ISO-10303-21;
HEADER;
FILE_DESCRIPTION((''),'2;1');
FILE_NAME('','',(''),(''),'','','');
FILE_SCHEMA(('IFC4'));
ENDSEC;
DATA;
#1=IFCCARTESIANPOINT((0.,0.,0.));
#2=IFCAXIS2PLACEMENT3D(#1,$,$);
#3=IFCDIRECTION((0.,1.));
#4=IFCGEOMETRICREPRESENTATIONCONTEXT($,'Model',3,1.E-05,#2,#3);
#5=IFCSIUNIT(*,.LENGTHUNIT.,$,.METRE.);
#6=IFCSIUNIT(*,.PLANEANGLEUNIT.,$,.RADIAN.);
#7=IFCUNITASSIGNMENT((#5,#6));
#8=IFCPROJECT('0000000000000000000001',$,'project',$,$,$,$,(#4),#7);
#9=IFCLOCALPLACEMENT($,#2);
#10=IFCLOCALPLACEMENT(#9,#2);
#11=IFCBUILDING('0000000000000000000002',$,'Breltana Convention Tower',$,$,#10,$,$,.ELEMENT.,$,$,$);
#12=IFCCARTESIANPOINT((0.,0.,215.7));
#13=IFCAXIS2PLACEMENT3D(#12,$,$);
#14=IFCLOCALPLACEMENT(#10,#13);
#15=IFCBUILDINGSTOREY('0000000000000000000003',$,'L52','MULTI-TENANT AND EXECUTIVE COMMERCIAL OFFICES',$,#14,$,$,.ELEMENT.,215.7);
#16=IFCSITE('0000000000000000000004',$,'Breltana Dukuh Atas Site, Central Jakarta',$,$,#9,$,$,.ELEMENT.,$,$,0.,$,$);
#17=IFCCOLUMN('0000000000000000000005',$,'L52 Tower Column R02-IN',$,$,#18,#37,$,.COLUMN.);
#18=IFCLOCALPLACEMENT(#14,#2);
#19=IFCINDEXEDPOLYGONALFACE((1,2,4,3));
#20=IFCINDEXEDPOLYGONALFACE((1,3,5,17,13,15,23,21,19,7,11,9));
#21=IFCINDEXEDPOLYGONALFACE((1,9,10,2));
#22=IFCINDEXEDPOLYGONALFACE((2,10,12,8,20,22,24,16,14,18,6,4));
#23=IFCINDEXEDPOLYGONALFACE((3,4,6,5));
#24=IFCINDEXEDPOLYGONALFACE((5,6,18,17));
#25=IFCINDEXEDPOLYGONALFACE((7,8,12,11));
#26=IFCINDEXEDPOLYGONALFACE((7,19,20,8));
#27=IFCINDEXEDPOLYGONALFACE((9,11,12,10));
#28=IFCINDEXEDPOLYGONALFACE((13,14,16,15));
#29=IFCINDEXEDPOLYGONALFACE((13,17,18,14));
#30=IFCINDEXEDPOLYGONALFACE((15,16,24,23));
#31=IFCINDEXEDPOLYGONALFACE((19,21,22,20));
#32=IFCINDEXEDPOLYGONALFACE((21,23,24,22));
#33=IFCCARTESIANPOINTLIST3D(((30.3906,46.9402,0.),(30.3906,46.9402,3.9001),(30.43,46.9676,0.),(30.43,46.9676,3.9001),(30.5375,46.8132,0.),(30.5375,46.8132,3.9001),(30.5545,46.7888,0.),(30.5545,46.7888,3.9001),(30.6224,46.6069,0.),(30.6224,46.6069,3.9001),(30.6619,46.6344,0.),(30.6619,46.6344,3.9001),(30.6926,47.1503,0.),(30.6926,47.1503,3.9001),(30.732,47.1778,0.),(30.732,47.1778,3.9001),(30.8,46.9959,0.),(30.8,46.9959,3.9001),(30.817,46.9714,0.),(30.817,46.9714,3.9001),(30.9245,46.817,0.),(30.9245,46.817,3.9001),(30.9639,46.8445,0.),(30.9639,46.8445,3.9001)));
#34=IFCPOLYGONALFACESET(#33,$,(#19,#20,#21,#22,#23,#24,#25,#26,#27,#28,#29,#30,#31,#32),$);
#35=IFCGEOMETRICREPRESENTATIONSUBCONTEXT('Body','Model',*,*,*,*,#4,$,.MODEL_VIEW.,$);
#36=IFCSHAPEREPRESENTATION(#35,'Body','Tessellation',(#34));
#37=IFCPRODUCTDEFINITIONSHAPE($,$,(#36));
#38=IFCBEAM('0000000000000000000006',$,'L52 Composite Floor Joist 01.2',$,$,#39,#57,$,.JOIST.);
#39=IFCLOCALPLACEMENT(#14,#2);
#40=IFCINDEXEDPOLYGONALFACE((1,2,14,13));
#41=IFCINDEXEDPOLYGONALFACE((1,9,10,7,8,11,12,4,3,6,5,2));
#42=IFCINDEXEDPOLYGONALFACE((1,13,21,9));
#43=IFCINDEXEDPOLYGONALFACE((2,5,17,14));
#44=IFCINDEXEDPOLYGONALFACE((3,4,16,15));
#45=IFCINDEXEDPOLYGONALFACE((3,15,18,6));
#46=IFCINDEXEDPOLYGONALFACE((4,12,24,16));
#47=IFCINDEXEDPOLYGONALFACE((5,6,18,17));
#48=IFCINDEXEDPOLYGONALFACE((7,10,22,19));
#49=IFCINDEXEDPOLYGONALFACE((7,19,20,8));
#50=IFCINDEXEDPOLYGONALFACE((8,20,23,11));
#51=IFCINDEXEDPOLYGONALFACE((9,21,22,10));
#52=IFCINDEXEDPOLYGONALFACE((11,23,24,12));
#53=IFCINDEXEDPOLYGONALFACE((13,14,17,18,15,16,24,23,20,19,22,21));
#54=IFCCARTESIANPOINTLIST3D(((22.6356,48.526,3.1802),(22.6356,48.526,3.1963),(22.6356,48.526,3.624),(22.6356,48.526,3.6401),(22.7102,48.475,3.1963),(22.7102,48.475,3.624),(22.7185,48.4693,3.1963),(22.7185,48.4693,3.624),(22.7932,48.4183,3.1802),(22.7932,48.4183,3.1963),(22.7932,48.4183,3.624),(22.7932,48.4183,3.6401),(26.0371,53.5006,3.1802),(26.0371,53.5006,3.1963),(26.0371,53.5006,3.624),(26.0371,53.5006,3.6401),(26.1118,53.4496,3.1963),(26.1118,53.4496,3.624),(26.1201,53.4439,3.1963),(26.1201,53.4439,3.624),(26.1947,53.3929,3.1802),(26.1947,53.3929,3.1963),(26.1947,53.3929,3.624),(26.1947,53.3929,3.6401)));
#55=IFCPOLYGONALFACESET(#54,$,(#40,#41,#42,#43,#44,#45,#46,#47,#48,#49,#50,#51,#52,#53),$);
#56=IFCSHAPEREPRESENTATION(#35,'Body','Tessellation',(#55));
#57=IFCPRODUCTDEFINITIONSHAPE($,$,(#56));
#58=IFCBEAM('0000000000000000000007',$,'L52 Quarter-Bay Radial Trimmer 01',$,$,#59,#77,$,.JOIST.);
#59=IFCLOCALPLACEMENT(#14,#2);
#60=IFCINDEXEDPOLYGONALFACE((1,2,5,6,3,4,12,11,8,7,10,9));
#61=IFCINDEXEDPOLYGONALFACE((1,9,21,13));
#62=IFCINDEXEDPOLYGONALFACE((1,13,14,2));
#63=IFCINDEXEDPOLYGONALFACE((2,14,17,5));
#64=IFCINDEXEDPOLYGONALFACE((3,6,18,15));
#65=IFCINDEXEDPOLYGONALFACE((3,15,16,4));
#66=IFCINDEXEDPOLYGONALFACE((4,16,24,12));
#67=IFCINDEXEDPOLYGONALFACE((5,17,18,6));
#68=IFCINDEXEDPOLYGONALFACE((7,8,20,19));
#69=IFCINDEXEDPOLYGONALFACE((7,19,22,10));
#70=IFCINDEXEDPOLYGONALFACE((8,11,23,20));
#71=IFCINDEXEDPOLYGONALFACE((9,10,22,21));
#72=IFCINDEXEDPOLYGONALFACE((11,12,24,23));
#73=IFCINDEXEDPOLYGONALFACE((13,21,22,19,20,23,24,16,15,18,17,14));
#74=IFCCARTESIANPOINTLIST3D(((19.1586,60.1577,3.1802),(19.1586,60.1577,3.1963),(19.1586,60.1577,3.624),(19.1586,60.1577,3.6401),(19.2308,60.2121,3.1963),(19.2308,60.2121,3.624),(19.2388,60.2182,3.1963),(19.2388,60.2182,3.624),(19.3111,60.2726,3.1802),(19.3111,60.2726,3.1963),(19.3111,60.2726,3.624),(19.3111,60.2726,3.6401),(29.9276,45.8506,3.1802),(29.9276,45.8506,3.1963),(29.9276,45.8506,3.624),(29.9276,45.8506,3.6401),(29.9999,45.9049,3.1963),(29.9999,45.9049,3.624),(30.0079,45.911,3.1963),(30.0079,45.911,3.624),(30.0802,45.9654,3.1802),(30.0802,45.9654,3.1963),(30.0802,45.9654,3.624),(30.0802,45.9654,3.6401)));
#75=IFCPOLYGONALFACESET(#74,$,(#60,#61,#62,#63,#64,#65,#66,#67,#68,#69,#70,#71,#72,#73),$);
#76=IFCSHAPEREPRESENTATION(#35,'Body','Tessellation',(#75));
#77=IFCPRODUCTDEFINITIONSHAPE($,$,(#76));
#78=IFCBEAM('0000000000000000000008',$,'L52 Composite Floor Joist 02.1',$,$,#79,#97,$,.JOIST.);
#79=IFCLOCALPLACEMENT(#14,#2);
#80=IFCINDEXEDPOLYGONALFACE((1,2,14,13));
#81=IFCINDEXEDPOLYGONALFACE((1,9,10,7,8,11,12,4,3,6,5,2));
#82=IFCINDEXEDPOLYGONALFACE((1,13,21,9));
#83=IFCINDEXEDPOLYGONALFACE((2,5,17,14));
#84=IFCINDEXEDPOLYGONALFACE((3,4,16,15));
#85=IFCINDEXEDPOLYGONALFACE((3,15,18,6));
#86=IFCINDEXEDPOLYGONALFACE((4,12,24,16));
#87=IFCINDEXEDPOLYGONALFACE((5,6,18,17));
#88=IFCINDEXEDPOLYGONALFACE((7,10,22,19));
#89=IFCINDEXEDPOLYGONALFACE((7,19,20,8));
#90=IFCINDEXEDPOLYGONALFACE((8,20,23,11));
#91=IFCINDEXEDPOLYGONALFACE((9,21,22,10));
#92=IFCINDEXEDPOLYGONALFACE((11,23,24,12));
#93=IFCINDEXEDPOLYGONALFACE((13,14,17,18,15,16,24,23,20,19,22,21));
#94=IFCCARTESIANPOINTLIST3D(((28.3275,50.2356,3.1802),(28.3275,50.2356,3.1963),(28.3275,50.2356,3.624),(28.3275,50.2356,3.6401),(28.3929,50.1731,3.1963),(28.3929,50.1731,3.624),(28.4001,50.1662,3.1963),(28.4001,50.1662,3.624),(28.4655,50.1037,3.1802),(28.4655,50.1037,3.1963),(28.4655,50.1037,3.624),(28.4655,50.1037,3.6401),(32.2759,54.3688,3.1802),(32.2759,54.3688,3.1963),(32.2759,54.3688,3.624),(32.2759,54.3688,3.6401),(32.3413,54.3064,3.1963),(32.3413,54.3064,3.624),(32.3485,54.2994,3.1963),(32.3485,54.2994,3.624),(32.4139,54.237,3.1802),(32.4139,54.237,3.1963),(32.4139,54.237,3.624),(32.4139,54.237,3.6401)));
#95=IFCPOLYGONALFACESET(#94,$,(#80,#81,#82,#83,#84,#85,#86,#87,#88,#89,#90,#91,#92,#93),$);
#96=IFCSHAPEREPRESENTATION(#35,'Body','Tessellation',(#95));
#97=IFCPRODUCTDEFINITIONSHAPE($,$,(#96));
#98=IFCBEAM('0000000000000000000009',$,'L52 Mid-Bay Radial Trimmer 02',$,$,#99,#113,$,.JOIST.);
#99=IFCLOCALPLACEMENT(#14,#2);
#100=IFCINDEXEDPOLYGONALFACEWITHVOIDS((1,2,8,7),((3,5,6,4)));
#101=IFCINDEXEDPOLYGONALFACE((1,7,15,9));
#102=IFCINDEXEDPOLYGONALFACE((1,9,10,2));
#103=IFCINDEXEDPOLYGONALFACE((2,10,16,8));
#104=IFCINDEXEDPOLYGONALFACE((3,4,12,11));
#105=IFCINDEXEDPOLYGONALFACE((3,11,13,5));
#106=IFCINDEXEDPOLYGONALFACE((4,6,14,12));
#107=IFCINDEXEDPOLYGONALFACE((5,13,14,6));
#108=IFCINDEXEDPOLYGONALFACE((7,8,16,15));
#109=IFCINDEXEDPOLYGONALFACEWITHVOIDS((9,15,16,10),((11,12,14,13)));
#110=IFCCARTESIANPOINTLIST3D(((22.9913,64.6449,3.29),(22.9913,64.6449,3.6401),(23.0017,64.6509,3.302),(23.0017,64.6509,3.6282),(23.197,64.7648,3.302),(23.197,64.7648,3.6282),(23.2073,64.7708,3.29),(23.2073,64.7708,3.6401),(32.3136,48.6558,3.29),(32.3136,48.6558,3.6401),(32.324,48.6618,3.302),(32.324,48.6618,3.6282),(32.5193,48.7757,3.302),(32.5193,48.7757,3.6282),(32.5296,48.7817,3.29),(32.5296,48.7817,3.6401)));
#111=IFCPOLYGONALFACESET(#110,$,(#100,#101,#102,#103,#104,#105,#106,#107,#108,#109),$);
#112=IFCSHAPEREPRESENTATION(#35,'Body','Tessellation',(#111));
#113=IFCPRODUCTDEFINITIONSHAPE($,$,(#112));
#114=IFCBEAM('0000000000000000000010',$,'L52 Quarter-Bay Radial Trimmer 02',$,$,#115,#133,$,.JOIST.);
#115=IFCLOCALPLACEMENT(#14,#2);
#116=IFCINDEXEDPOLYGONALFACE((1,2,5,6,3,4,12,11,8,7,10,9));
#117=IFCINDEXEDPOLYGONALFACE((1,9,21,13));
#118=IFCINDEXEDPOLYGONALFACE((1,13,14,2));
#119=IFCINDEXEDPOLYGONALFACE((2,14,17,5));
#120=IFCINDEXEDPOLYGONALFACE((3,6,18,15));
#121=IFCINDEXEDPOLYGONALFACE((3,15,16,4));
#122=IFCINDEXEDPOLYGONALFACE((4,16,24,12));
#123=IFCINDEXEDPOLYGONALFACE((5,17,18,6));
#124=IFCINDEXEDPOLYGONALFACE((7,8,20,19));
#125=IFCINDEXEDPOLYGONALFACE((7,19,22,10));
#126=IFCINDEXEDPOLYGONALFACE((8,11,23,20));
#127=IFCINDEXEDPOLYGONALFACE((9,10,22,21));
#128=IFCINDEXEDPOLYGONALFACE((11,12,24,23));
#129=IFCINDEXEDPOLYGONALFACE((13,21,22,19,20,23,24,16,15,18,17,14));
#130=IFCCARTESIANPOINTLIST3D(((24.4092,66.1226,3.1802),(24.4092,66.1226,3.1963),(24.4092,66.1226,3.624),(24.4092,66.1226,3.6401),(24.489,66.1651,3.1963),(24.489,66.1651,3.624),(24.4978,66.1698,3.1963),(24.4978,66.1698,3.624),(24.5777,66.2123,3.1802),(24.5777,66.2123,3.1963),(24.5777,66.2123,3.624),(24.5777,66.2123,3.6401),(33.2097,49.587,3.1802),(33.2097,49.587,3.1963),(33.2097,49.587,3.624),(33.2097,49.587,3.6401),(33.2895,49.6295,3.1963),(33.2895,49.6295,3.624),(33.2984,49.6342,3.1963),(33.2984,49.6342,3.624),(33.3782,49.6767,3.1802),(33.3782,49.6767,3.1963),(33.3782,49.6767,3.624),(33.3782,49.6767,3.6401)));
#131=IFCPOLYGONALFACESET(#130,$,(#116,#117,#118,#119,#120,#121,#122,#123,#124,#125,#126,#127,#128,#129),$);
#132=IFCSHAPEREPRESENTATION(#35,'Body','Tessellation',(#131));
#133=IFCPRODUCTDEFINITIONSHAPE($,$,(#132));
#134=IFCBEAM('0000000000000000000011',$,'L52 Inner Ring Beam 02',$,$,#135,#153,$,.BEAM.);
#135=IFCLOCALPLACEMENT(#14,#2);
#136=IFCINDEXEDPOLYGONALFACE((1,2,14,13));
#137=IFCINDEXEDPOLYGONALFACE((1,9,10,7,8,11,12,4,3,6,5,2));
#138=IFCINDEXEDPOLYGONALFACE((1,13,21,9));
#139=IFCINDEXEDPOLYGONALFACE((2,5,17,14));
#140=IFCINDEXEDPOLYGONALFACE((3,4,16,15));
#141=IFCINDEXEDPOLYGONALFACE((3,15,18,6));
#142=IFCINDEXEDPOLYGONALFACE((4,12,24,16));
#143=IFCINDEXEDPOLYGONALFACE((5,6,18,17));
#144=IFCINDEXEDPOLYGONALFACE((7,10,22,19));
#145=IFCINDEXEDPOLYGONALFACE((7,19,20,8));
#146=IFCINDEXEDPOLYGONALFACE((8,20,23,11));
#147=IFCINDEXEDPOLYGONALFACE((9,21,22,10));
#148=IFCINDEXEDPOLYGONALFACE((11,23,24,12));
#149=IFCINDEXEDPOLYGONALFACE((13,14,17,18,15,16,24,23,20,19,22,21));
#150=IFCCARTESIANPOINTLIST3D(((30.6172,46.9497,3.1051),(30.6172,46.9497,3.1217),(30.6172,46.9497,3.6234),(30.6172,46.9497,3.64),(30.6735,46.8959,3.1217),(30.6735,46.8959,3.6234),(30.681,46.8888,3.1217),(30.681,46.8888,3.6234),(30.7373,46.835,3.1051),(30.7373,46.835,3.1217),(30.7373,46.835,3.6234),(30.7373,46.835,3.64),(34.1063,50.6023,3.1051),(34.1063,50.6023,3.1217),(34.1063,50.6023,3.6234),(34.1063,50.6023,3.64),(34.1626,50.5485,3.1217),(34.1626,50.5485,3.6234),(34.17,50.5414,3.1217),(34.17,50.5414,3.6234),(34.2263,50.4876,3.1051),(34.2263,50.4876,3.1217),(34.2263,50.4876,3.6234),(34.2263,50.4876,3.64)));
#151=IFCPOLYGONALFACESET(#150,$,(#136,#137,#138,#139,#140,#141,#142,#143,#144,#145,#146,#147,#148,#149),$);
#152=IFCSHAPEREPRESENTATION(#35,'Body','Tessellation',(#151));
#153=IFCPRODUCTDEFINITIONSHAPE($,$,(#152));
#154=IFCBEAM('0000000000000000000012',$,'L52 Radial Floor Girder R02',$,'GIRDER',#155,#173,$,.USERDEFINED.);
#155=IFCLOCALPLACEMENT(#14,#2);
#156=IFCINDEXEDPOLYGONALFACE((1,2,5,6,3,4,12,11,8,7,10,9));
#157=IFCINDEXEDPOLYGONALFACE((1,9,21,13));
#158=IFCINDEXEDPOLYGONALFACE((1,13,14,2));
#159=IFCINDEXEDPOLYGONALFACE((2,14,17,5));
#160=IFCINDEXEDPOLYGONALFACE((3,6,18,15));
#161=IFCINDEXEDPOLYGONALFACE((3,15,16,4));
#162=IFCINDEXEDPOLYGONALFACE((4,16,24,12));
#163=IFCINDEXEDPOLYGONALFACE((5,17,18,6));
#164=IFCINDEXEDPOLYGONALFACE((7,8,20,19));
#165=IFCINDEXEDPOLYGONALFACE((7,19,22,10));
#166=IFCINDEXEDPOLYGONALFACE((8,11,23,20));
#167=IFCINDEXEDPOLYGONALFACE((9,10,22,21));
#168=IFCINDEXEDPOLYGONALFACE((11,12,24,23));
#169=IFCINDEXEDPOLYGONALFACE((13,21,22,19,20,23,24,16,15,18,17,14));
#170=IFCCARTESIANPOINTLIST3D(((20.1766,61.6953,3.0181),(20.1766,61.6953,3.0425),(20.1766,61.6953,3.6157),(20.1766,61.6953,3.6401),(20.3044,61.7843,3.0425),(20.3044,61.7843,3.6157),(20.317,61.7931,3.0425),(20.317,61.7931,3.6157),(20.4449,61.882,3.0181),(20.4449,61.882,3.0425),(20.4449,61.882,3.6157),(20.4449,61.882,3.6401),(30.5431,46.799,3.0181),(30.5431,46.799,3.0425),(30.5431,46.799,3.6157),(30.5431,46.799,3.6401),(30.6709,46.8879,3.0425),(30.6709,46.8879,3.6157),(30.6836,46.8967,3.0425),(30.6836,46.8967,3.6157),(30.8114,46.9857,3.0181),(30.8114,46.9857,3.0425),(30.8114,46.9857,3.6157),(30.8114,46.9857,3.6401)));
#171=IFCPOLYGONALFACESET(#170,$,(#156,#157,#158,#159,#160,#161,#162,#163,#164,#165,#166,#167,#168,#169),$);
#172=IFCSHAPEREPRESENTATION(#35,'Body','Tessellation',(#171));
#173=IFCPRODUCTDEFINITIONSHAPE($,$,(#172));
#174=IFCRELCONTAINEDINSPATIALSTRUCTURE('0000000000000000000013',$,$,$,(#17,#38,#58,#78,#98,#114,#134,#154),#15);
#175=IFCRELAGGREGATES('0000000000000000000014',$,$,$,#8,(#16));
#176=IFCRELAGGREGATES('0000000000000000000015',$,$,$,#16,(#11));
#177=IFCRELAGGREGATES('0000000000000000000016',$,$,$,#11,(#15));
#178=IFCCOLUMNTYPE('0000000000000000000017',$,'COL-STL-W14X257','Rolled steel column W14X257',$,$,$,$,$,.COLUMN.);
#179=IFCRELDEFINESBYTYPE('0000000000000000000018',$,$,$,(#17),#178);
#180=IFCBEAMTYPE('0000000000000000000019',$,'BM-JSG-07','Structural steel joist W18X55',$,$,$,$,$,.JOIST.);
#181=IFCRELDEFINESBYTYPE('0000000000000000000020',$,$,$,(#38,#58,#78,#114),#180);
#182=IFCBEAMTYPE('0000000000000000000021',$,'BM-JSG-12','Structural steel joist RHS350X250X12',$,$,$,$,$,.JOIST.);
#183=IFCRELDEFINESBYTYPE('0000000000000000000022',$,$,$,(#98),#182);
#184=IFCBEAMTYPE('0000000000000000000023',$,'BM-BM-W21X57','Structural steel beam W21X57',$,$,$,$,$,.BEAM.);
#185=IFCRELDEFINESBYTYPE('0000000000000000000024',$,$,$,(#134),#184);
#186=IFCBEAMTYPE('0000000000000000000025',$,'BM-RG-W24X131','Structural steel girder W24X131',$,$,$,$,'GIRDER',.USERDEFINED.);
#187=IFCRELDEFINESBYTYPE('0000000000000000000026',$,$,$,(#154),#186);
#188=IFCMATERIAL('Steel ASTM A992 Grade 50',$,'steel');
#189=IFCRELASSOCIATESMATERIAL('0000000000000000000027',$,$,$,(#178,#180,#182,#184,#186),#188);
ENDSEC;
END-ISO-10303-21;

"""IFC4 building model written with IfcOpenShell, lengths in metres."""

from ifc_helpers import new_model, si_unit, direction, frame, origin, origin_2d, place, context, subcontext, project, spatial, hollow_rectangle, i_section, extrude, source, transform, mapped, material, material_profile, profile_set, type_object, element, save


model = new_model("IFC4")

# Units and contexts
model_context = context("Model", 3, precision=1e-05, world=origin(), true_north=direction((0.0, 1.0)))
body_context = subcontext(model_context, "Body", "Model", "MODEL_VIEW")
ifc_project = project(units=[si_unit("LENGTHUNIT", "METRE"), si_unit("PLANEANGLEUNIT", "RADIAN")], contexts=[model_context])

# Site, building, storey
site_placement = place(None, origin())
site = spatial("IfcSite", under=ifc_project, at=site_placement, Name="Breltana Dukuh Atas Site, Central Jakarta", CompositionType="ELEMENT", RefElevation=0.0)
building_placement = place(site_placement, origin())
building = spatial("IfcBuilding", under=site, at=building_placement, Name="Breltana Convention Tower", CompositionType="ELEMENT")
storey_placement = place(building_placement, frame((0.0, 0.0, 215.7)))
storey = spatial("IfcBuildingStorey", under=building, at=storey_placement, Name="L52", Description="MULTI-TENANT AND EXECUTIVE COMMERCIAL OFFICES", CompositionType="ELEMENT", Elevation=215.7)

# Column
ifc_material_1 = material(Name="Steel ASTM A992 Grade 50", Category="steel")
ifc_material_profile_1 = material_profile(ifc_material_1, i_section(OverallWidth=0.406, OverallDepth=0.416, WebThickness=0.0298, FlangeThickness=0.0481, at=origin_2d()), Name="W14X257")
ifc_profile_set_1 = profile_set([ifc_material_profile_1], Name="Steel ASTM A992 Grade 50")
column_type = type_object("IfcColumnType", Name="COL-STL-W14X257", Description="Rolled steel column W14X257", PredefinedType="COLUMN", material=ifc_profile_set_1)
shared_shape_1 = source(origin(), body_context, "Body", "SweptSolid", [
    extrude(i_section(OverallWidth=0.406, OverallDepth=0.416, WebThickness=0.0298, FlangeThickness=0.0481, at=origin_2d()), origin(), (0.0, 0.0, 1.0), 3.9001),
])
column_placement = place(storey_placement, frame((30.6772, 46.8923, 0.0), z_axis=(0.0, 0.0, 1.0), x_axis=(-0.571143, 0.82085, 0.0)))
element("IfcColumn", 1, at=column_placement, inside=storey, type_object=column_type, Name="L52 Tower Column R02-IN", PredefinedType="COLUMN", context=body_context, shape_type="MappedRepresentation", body=[
    mapped(shared_shape_1, transform((0.0, 0.0, 0.0), scale=1.0)),
])

# Beams
ifc_material_profile_2 = material_profile(ifc_material_1, i_section(OverallWidth=0.1909, OverallDepth=0.46, WebThickness=0.01, FlangeThickness=0.0161, at=origin_2d()), Name="W18X55")
ifc_profile_set_2 = profile_set([ifc_material_profile_2], Name="Steel ASTM A992 Grade 50")
beam_type_1 = type_object("IfcBeamType", Name="BM-JSG-07", Description="Structural steel joist W18X55", PredefinedType="JOIST", material=ifc_profile_set_2)
shared_shape_2 = source(origin(), body_context, "Body", "SweptSolid", [
    extrude(i_section(OverallWidth=0.1909, OverallDepth=0.46, WebThickness=0.01, FlangeThickness=0.0161, at=origin_2d()), origin(), (0.0, 0.0, 1.0), 6.0264),
])
beam_1_placement = place(storey_placement, frame((22.7144, 48.4722, 3.4102), z_axis=(0.56445, 0.825467, 0.0), x_axis=(-0.825467, 0.56445, 0.0)))
element("IfcBeam", 2, at=beam_1_placement, inside=storey, type_object=beam_type_1, Name="L52 Composite Floor Joist 01.2", PredefinedType="JOIST", context=body_context, shape_type="MappedRepresentation", body=[
    mapped(shared_shape_2, transform((0.0, 0.0, 0.0), scale=1.0)),
])
shared_shape_3 = source(origin(), body_context, "Body", "SweptSolid", [
    extrude(i_section(OverallWidth=0.1909, OverallDepth=0.46, WebThickness=0.01, FlangeThickness=0.0161, at=origin_2d()), origin(), (0.0, 0.0, 1.0), 17.9072),
])
beam_2_placement = place(storey_placement, frame((30.0039, 45.908, 3.4102), z_axis=(-0.601382, 0.798962, 0.0), x_axis=(-0.798962, -0.601382, 0.0)))
element("IfcBeam", 3, at=beam_2_placement, inside=storey, type_object=beam_type_1, Name="L52 Quarter-Bay Radial Trimmer 01", PredefinedType="JOIST", context=body_context, shape_type="MappedRepresentation", body=[
    mapped(shared_shape_3, transform((0.0, 0.0, 0.0), scale=1.0)),
])
shared_shape_4 = source(origin(), body_context, "Body", "SweptSolid", [
    extrude(i_section(OverallWidth=0.1909, OverallDepth=0.46, WebThickness=0.01, FlangeThickness=0.0161, at=origin_2d()), origin(), (0.0, 0.0, 1.0), 5.7161),
])
beam_3_placement = place(storey_placement, frame((28.3965, 50.1697, 3.4102), z_axis=(0.690756, 0.723088, 0.0), x_axis=(-0.723088, 0.690756, 0.0)))
element("IfcBeam", 4, at=beam_3_placement, inside=storey, type_object=beam_type_1, Name="L52 Composite Floor Joist 02.1", PredefinedType="JOIST", context=body_context, shape_type="MappedRepresentation", body=[
    mapped(shared_shape_4, transform((0.0, 0.0, 0.0), scale=1.0)),
])
ifc_material_profile_3 = material_profile(ifc_material_1, hollow_rectangle(XDim=0.25, YDim=0.3501, WallThickness=0.012, at=origin_2d()), Name="RHS350X250X12")
ifc_profile_set_3 = profile_set([ifc_material_profile_3], Name="Steel ASTM A992 Grade 50")
beam_type_2 = type_object("IfcBeamType", Name="BM-JSG-12", Description="Structural steel joist RHS350X250X12", PredefinedType="JOIST", material=ifc_profile_set_3)
shared_shape_5 = source(origin(), body_context, "Body", "SweptSolid", [
    extrude(hollow_rectangle(XDim=0.25, YDim=0.3501, WallThickness=0.012, at=origin_2d()), origin(), (0.0, 0.0, 1.0), 18.5083),
])
beam_4_placement = place(storey_placement, frame((32.4216, 48.7188, 3.4651), z_axis=(-0.503683, 0.863888, 0.0), x_axis=(-0.863888, -0.503683, 0.0)))
element("IfcBeam", 5, at=beam_4_placement, inside=storey, type_object=beam_type_2, Name="L52 Mid-Bay Radial Trimmer 02", PredefinedType="JOIST", context=body_context, shape_type="MappedRepresentation", body=[
    mapped(shared_shape_5, transform((0.0, 0.0, 0.0), scale=1.0)),
])
shared_shape_6 = source(origin(), body_context, "Body", "SweptSolid", [
    extrude(i_section(OverallWidth=0.1909, OverallDepth=0.46, WebThickness=0.01, FlangeThickness=0.0161, at=origin_2d()), origin(), (0.0, 0.0, 1.0), 18.7317),
])
beam_5_placement = place(storey_placement, frame((33.2939, 49.6318, 3.4102), z_axis=(-0.46982, 0.882762, 0.0), x_axis=(-0.882762, -0.46982, 0.0)))
element("IfcBeam", 6, at=beam_5_placement, inside=storey, type_object=beam_type_1, Name="L52 Quarter-Bay Radial Trimmer 02", PredefinedType="JOIST", context=body_context, shape_type="MappedRepresentation", body=[
    mapped(shared_shape_6, transform((0.0, 0.0, 0.0), scale=1.0)),
])
ifc_material_profile_4 = material_profile(ifc_material_1, i_section(OverallWidth=0.166, OverallDepth=0.5349, WebThickness=0.0103, FlangeThickness=0.0166, at=origin_2d()), Name="W21X57")
ifc_profile_set_4 = profile_set([ifc_material_profile_4], Name="Steel ASTM A992 Grade 50")
beam_type_3 = type_object("IfcBeamType", Name="BM-BM-W21X57", Description="Structural steel beam W21X57", PredefinedType="BEAM", material=ifc_profile_set_4)
shared_shape_7 = source(origin(), body_context, "Body", "SweptSolid", [
    extrude(i_section(OverallWidth=0.166, OverallDepth=0.5349, WebThickness=0.0103, FlangeThickness=0.0166, at=origin_2d()), origin(), (0.0, 0.0, 1.0), 5.0513),
])
beam_6_placement = place(storey_placement, frame((30.6772, 46.8923, 3.3726), z_axis=(0.69073, 0.723113, 0.0), x_axis=(-0.723113, 0.69073, 0.0)))
element("IfcBeam", 7, at=beam_6_placement, inside=storey, type_object=beam_type_3, Name="L52 Inner Ring Beam 02", PredefinedType="BEAM", context=body_context, shape_type="MappedRepresentation", body=[
    mapped(shared_shape_7, transform((0.0, 0.0, 0.0), scale=1.0)),
])
ifc_material_profile_5 = material_profile(ifc_material_1, i_section(OverallWidth=0.3269, OverallDepth=0.6221, WebThickness=0.0154, FlangeThickness=0.0244, at=origin_2d()), Name="W24X131")
ifc_profile_set_5 = profile_set([ifc_material_profile_5], Name="Steel ASTM A992 Grade 50")
beam_type_4 = type_object("IfcBeamType", Name="BM-RG-W24X131", Description="Structural steel girder W24X131", ElementType="GIRDER", PredefinedType="USERDEFINED", material=ifc_profile_set_5)
shared_shape_8 = source(origin(), body_context, "Body", "SweptSolid", [
    extrude(i_section(OverallWidth=0.3269, OverallDepth=0.6221, WebThickness=0.0154, FlangeThickness=0.0244, at=origin_2d()), origin(), (0.0, 0.0, 1.0), 18.1484),
])
beam_7_placement = place(storey_placement, frame((30.6772, 46.8923, 3.3291), z_axis=(-0.571208, 0.820806, 0.0), x_axis=(-0.820806, -0.571208, 0.0)))
element("IfcBeam", 8, at=beam_7_placement, inside=storey, type_object=beam_type_4, Name="L52 Radial Floor Girder R02", ObjectType="GIRDER", PredefinedType="USERDEFINED", context=body_context, shape_type="MappedRepresentation", body=[
    mapped(shared_shape_8, transform((0.0, 0.0, 0.0), scale=1.0)),
])

save(model, "model.ifc")
